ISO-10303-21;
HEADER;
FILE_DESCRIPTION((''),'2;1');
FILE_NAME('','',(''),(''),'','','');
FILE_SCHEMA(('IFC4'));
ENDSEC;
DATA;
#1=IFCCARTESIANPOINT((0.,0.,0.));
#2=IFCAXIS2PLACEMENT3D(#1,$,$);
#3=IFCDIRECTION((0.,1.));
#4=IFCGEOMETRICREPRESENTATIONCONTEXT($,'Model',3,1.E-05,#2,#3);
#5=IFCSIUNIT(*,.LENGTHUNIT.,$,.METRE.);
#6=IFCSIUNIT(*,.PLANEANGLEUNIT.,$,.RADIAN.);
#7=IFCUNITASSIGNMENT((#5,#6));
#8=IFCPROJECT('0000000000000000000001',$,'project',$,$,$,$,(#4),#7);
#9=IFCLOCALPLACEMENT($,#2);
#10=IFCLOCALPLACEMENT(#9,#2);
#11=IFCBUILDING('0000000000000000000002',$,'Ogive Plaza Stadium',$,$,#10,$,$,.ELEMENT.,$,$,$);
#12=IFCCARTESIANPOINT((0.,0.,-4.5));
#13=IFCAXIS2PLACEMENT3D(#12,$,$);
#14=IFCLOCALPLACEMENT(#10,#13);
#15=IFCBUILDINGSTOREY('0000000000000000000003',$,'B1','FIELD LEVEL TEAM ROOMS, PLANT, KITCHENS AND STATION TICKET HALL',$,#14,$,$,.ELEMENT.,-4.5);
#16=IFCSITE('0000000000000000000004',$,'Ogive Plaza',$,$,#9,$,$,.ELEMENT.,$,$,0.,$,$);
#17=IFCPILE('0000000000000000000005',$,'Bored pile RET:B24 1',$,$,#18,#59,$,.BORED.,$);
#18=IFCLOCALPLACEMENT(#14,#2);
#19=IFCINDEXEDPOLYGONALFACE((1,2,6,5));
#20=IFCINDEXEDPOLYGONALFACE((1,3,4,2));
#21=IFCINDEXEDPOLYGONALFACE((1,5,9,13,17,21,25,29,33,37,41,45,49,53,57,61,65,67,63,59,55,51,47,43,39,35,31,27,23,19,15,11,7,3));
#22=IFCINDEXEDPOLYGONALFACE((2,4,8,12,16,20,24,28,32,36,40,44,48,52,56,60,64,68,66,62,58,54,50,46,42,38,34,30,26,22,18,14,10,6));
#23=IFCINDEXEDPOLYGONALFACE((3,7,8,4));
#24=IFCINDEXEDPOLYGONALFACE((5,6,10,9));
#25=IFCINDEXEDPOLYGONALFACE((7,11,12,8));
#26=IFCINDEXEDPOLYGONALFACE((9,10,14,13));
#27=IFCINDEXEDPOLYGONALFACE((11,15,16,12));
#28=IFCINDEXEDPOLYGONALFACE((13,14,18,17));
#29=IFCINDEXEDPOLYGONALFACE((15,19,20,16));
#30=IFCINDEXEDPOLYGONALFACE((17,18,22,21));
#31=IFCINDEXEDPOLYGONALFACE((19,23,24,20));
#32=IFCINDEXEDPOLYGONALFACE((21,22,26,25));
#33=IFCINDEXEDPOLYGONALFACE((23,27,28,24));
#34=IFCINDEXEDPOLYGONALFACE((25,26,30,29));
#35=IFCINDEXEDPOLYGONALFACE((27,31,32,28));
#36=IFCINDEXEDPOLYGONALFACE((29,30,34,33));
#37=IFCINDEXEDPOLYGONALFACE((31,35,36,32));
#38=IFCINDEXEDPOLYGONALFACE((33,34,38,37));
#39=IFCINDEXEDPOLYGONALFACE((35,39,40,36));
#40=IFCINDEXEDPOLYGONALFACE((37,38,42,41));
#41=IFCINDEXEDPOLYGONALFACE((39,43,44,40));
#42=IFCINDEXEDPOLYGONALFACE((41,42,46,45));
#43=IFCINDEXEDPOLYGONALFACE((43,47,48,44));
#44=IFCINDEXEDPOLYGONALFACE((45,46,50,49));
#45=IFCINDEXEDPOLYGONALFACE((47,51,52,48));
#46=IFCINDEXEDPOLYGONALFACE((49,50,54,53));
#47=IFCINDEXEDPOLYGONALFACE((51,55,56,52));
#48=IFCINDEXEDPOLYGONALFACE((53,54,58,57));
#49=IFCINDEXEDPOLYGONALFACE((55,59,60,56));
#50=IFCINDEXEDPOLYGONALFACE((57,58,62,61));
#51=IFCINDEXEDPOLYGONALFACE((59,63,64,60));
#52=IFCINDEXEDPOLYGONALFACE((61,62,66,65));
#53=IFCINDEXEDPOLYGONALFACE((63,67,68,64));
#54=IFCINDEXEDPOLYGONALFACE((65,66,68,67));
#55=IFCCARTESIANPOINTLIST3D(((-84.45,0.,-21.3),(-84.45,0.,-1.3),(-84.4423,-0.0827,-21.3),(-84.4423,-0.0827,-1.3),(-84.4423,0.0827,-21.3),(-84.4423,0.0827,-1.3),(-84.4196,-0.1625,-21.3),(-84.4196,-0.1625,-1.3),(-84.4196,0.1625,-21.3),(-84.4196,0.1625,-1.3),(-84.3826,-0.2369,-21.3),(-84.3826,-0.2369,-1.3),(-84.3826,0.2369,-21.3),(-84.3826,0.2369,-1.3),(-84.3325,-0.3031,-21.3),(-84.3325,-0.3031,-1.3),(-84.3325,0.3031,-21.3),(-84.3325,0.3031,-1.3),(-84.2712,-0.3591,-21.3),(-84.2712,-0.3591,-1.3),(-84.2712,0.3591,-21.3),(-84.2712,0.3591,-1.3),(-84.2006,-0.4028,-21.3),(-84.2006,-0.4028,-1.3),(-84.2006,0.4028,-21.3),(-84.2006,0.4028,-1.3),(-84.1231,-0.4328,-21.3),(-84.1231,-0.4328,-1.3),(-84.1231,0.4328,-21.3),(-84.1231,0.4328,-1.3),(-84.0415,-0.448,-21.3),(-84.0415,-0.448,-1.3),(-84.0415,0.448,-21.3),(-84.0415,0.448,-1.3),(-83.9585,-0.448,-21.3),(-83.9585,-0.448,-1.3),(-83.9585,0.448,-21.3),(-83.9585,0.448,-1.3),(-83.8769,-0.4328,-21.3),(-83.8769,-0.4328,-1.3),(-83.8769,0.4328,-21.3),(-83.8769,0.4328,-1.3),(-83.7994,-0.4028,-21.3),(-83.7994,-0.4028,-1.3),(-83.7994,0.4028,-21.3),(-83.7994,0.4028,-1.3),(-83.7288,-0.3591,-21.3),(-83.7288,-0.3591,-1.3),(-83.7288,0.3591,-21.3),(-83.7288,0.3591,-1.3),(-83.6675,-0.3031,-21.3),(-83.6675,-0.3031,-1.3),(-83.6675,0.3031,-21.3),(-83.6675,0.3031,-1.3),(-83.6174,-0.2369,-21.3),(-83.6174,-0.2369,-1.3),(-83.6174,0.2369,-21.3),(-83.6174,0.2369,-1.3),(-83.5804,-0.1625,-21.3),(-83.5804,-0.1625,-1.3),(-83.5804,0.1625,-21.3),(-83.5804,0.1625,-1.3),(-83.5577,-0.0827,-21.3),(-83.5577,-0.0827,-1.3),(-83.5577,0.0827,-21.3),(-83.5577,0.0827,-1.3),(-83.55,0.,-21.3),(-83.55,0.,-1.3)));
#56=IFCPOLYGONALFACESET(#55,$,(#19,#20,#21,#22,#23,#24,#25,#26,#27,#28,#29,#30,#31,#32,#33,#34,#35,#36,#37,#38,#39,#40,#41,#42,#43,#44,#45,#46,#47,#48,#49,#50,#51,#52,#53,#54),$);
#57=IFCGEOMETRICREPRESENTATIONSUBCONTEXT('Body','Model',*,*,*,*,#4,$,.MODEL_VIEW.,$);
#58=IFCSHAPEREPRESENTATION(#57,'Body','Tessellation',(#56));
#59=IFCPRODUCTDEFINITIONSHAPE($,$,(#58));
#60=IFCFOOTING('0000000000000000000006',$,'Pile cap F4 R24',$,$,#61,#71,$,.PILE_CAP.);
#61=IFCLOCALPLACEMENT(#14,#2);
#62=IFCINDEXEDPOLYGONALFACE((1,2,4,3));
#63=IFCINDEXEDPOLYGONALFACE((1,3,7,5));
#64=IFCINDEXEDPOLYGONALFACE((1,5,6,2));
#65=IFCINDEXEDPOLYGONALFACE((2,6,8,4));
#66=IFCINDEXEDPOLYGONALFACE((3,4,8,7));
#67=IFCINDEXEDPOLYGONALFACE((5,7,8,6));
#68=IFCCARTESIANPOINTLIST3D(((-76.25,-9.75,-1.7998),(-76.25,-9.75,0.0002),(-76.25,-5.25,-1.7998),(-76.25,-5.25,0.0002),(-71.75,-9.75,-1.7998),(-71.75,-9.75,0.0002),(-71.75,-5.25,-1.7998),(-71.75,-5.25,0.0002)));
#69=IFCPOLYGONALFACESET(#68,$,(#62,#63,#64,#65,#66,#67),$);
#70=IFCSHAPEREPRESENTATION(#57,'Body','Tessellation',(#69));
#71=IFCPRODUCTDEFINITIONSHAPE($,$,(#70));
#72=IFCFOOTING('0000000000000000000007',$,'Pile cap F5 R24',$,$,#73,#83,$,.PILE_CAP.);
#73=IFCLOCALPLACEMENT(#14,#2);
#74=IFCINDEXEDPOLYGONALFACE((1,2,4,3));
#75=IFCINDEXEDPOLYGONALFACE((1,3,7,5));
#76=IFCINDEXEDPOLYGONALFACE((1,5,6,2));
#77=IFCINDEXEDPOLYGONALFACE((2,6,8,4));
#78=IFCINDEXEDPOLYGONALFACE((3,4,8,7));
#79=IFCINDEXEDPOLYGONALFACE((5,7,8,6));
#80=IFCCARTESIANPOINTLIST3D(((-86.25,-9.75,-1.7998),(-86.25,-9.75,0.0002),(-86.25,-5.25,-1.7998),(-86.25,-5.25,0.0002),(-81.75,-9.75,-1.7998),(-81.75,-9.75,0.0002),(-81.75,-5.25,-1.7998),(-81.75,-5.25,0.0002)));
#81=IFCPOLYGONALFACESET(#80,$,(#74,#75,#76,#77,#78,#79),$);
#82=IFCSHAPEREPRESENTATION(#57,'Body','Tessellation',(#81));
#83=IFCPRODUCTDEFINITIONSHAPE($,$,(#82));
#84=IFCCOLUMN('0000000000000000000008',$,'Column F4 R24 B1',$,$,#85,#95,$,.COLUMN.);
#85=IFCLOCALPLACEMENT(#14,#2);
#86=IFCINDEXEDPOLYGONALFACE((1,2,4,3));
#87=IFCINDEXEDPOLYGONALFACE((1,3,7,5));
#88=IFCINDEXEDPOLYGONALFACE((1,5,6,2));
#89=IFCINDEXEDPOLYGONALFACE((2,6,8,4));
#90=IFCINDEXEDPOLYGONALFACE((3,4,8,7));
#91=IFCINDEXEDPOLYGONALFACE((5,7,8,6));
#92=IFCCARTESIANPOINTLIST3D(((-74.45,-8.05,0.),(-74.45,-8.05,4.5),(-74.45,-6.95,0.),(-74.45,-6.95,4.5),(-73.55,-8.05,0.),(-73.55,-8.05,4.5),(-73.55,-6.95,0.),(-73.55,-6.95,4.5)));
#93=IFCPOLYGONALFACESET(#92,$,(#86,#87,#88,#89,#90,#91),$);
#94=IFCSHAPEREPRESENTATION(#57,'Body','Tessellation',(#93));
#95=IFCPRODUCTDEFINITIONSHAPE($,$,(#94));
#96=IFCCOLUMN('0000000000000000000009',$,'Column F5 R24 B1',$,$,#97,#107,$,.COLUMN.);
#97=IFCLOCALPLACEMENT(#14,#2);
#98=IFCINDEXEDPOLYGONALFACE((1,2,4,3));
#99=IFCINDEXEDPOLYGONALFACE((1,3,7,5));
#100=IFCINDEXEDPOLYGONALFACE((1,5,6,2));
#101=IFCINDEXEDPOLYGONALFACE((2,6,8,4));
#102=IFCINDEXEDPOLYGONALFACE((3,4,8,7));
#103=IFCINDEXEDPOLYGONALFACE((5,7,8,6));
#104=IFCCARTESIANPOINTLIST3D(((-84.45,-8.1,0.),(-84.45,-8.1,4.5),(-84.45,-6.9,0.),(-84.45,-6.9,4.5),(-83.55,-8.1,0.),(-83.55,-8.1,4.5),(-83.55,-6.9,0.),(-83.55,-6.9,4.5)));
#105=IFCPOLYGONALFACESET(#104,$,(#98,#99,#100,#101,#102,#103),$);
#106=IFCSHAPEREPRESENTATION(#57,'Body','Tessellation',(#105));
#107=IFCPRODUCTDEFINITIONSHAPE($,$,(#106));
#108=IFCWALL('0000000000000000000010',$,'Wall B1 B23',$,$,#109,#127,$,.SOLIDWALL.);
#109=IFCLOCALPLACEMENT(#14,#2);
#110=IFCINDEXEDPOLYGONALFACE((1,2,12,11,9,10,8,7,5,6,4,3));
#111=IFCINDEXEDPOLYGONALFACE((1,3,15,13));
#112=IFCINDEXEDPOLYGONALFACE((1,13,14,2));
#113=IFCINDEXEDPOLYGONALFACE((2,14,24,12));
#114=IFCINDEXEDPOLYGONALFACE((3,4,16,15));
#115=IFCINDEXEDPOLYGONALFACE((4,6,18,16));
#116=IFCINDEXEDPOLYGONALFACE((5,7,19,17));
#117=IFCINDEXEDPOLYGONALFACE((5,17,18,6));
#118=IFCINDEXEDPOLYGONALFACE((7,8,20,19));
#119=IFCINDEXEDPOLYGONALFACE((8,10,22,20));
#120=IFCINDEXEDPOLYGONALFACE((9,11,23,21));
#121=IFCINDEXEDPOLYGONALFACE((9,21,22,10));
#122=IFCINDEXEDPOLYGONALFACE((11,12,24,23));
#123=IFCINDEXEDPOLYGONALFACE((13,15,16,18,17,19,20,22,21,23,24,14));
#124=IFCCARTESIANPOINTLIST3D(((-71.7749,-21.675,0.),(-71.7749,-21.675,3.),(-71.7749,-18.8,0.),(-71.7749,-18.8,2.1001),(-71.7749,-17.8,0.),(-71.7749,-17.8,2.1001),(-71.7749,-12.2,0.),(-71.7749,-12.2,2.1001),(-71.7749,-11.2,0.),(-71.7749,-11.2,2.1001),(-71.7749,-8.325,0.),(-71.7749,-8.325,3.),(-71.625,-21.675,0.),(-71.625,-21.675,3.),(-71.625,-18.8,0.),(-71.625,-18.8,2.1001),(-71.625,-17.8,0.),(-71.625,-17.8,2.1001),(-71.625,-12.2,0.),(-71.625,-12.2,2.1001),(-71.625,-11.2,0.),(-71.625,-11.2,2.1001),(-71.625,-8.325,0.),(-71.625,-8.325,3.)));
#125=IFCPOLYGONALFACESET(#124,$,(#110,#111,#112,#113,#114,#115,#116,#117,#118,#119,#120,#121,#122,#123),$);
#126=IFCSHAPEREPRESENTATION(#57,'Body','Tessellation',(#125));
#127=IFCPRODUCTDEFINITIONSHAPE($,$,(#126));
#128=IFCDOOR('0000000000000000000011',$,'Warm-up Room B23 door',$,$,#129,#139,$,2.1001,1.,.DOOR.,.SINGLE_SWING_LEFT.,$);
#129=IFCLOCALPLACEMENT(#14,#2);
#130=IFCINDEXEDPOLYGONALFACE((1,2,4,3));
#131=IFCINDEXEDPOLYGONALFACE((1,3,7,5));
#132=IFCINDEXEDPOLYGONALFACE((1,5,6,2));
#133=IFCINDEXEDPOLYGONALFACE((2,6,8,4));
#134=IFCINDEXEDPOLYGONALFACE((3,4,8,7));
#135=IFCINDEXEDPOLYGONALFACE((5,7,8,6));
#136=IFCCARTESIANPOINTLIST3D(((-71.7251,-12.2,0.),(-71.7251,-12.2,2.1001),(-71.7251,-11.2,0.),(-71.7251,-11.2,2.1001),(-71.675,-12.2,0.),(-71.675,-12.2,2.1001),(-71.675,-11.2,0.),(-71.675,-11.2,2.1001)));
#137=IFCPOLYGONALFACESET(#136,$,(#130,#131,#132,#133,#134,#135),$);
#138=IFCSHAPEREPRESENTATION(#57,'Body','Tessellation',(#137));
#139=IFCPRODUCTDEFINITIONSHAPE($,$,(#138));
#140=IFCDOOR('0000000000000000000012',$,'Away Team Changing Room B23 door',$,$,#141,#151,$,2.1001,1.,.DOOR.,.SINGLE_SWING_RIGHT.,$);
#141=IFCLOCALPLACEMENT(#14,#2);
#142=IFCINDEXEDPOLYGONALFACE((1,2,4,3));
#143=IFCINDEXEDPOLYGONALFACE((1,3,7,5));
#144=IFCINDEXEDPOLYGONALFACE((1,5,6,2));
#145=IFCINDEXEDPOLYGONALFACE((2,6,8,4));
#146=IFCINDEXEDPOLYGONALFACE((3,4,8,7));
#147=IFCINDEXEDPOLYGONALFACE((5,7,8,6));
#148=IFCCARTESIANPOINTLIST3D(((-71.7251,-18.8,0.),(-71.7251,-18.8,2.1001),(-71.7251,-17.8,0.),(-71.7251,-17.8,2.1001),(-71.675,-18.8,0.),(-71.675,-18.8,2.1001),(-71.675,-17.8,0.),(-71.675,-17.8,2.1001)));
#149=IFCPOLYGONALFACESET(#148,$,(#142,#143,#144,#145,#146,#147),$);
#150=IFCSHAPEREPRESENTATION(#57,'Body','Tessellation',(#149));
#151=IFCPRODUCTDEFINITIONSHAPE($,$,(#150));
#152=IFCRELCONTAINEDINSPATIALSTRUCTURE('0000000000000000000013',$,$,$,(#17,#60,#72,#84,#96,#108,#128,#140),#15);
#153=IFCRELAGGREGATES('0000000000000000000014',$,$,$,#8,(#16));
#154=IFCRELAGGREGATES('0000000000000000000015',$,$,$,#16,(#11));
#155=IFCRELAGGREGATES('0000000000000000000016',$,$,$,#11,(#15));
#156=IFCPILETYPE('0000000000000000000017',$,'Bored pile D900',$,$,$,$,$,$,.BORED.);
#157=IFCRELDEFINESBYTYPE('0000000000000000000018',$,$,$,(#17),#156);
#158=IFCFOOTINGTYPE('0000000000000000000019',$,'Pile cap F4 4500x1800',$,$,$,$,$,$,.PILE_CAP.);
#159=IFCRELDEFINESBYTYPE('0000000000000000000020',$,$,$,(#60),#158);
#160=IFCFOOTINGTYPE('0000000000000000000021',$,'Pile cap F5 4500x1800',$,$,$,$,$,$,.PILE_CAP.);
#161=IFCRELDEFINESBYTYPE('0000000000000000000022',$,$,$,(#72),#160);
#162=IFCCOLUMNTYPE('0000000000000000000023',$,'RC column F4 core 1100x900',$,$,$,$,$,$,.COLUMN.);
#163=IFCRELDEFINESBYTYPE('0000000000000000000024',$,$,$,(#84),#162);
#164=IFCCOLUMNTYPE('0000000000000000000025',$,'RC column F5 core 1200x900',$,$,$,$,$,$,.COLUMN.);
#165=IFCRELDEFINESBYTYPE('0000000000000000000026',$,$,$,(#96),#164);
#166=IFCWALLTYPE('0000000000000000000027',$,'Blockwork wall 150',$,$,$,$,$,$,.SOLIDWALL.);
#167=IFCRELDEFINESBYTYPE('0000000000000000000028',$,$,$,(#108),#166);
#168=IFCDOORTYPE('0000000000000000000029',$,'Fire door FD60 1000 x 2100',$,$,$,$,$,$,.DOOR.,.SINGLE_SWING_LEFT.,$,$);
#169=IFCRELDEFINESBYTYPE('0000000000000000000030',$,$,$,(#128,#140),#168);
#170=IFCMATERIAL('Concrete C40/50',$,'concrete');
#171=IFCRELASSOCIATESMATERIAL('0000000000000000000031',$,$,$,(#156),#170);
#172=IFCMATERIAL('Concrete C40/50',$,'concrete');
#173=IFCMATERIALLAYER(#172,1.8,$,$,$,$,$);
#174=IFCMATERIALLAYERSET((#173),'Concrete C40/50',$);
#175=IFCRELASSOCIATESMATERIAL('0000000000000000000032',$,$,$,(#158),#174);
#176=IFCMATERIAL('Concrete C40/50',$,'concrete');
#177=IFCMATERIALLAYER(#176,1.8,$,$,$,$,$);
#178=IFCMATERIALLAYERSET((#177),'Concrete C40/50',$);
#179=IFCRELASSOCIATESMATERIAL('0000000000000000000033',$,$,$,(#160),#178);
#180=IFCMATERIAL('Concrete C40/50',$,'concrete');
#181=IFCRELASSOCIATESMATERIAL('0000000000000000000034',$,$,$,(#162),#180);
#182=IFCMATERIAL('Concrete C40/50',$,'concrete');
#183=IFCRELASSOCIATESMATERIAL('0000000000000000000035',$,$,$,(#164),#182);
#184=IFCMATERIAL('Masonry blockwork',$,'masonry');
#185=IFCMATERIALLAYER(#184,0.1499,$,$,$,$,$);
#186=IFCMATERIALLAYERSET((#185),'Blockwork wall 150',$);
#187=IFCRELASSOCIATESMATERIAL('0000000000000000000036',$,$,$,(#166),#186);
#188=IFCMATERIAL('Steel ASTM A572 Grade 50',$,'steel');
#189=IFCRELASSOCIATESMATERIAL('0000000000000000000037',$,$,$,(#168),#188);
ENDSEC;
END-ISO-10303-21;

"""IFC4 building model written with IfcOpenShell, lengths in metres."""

from ifc_helpers import new_model, si_unit, direction, frame, frame_2d, origin, origin_2d, place, context, subcontext, project, spatial, rectangle, circle, extrude, material, layer, layer_set, material_profile, profile_set, type_object, element, fill, save


model = new_model("IFC4")

# Units and contexts
model_context = context("Model", 3, precision=1e-05, world=origin(), true_north=direction((0.0, 1.0)))
body_context = subcontext(model_context, "Body", "Model", "MODEL_VIEW")
ifc_project = project(units=[si_unit("LENGTHUNIT", "METRE"), si_unit("PLANEANGLEUNIT", "RADIAN")], contexts=[model_context])

# Site, building, storey
site_placement = place(None, origin())
site = spatial("IfcSite", under=ifc_project, at=site_placement, Name="Ogive Plaza", CompositionType="ELEMENT", RefElevation=0.0)
building_placement = place(site_placement, origin())
building = spatial("IfcBuilding", under=site, at=building_placement, Name="Ogive Plaza Stadium", CompositionType="ELEMENT")
storey_placement = place(building_placement, frame((0.0, 0.0, -4.5)))
storey = spatial("IfcBuildingStorey", under=building, at=storey_placement, Name="B1", Description="FIELD LEVEL TEAM ROOMS, PLANT, KITCHENS AND STATION TICKET HALL", CompositionType="ELEMENT", Elevation=-4.5)

# Pile
ifc_material_1 = material(Name="Concrete C40/50", Category="concrete")
ifc_material_profile_1 = material_profile(ifc_material_1, circle(Radius=0.45, at=origin_2d()), Name="RC D900")
ifc_profile_set_1 = profile_set([ifc_material_profile_1], Name="Concrete C40/50")
pile_type_1 = type_object("IfcPileType", Name="Bored pile D900", PredefinedType="BORED", material=ifc_profile_set_1)
pile_placement = place(storey_placement, frame((-84.0, 0.0, -1.3), z_axis=(0.0, 0.0, -1.0), x_axis=(1.0, 0.0, 0.0)))
element("IfcPile", 1, at=pile_placement, inside=storey, type_object=pile_type_1, Name="Bored pile RET:B24 1", PredefinedType="BORED", context=body_context, shape_type="SweptSolid", body=[
    extrude(circle(Radius=0.45, at=origin_2d()), origin(), (0.0, 0.0, 1.0), 20.0),
])

# Footings
ifc_material_2 = material(Name="Concrete C40/50", Category="concrete")
ifc_layer_1 = layer(ifc_material_2, 1.8)
ifc_layer_set_1 = layer_set([ifc_layer_1], Name="Concrete C40/50")
footing_type_1 = type_object("IfcFootingType", Name="Pile cap F4 4500x1800", PredefinedType="PILE_CAP", material=ifc_layer_set_1)
footing_1_placement = place(storey_placement, frame((-74.0, -7.5, -1.7998), z_axis=(0.0, 0.0, 1.0), x_axis=(-1.0, 0.0, 0.0)))
element("IfcFooting", 2, at=footing_1_placement, inside=storey, type_object=footing_type_1, Name="Pile cap F4 R24", PredefinedType="PILE_CAP", context=body_context, shape_type="SweptSolid", body=[
    extrude(rectangle(XDim=4.5, YDim=4.5, at=origin_2d()), origin(), (0.0, 0.0, 1.0), 1.8),
])
ifc_material_3 = material(Name="Concrete C40/50", Category="concrete")
ifc_layer_2 = layer(ifc_material_3, 1.8)
ifc_layer_set_2 = layer_set([ifc_layer_2], Name="Concrete C40/50")
footing_type_2 = type_object("IfcFootingType", Name="Pile cap F5 4500x1800", PredefinedType="PILE_CAP", material=ifc_layer_set_2)
footing_2_placement = place(storey_placement, frame((-84.0, -7.5, -1.7998), z_axis=(0.0, 0.0, 1.0), x_axis=(-1.0, 0.0, 0.0)))
element("IfcFooting", 3, at=footing_2_placement, inside=storey, type_object=footing_type_2, Name="Pile cap F5 R24", PredefinedType="PILE_CAP", context=body_context, shape_type="SweptSolid", body=[
    extrude(rectangle(XDim=4.5, YDim=4.5, at=origin_2d()), origin(), (0.0, 0.0, 1.0), 1.8),
])

# Columns
ifc_material_4 = material(Name="Concrete C40/50", Category="concrete")
ifc_material_profile_2 = material_profile(ifc_material_4, rectangle(XDim=1.1001, YDim=0.8999, at=origin_2d()), Name="RC 1100x900")
ifc_profile_set_2 = profile_set([ifc_material_profile_2], Name="Concrete C40/50")
column_type_1 = type_object("IfcColumnType", Name="RC column F4 core 1100x900", PredefinedType="COLUMN", material=ifc_profile_set_2)
column_1_placement = place(storey_placement, frame((-74.0, -7.5, 0.0), z_axis=(0.0, 0.0, 1.0), x_axis=(0.0, -1.0, 0.0)))
element("IfcColumn", 4, at=column_1_placement, inside=storey, type_object=column_type_1, Name="Column F4 R24 B1", PredefinedType="COLUMN", context=body_context, shape_type="SweptSolid", body=[
    extrude(rectangle(XDim=1.1001, YDim=0.8999, at=origin_2d()), origin(), (0.0, 0.0, 1.0), 4.5),
])
ifc_material_5 = material(Name="Concrete C40/50", Category="concrete")
ifc_material_profile_3 = material_profile(ifc_material_5, rectangle(XDim=1.2, YDim=0.8999, at=origin_2d()), Name="RC 1200x900")
ifc_profile_set_3 = profile_set([ifc_material_profile_3], Name="Concrete C40/50")
column_type_2 = type_object("IfcColumnType", Name="RC column F5 core 1200x900", PredefinedType="COLUMN", material=ifc_profile_set_3)
column_2_placement = place(storey_placement, frame((-84.0, -7.5, 0.0), z_axis=(0.0, 0.0, 1.0), x_axis=(0.0, -1.0, 0.0)))
element("IfcColumn", 5, at=column_2_placement, inside=storey, type_object=column_type_2, Name="Column F5 R24 B1", PredefinedType="COLUMN", context=body_context, shape_type="SweptSolid", body=[
    extrude(rectangle(XDim=1.2, YDim=0.8999, at=origin_2d()), origin(), (0.0, 0.0, 1.0), 4.5),
])

# Wall, openings, doors
ifc_material_6 = material(Name="Masonry blockwork", Category="masonry")
ifc_layer_3 = layer(ifc_material_6, 0.1499)
ifc_layer_set_3 = layer_set([ifc_layer_3], Name="Blockwork wall 150")
wall_type_1 = type_object("IfcWallType", Name="Blockwork wall 150", PredefinedType="SOLIDWALL", material=ifc_layer_set_3)
wall_1_placement = place(storey_placement, frame((-71.7, -8.325, 0.0), z_axis=(0.0, 0.0, 1.0), x_axis=(0.0, -1.0, 0.0)))
wall_1 = element("IfcWall", 6, at=wall_1_placement, inside=storey, type_object=wall_type_1, Name="Wall B1 B23", PredefinedType="SOLIDWALL", context=body_context, shape_type="SweptSolid", body=[
    extrude(rectangle(XDim=13.3501, YDim=0.1499, at=frame_2d((6.675, 0.0))), origin(), (0.0, 0.0, 1.0), 3.0),
])
opening_1_placement = place(wall_1_placement, frame((2.875, 0.0, 0.0)))
opening_1 = element("IfcOpeningElement", 7, at=opening_1_placement, cuts=wall_1, PredefinedType="OPENING", context=body_context, shape_type="SweptSolid", body=[
    extrude(rectangle(XDim=1.0, YDim=2.1001, at=frame_2d((0.5, 1.05))), frame((0.0, 0.075, 0.0), z_axis=(0.0, -1.0, 0.0), x_axis=(1.0, 0.0, 0.0)), (0.0, 0.0, 1.0), 0.1499),
])
opening_2_placement = place(wall_1_placement, frame((9.4751, 0.0, 0.0)))
opening_2 = element("IfcOpeningElement", 8, at=opening_2_placement, cuts=wall_1, PredefinedType="OPENING", context=body_context, shape_type="SweptSolid", body=[
    extrude(rectangle(XDim=1.0, YDim=2.1001, at=frame_2d((0.5, 1.05))), frame((0.0, 0.075, 0.0), z_axis=(0.0, -1.0, 0.0), x_axis=(1.0, 0.0, 0.0)), (0.0, 0.0, 1.0), 0.1499),
])
ifc_material_7 = material(Name="Steel ASTM A572 Grade 50", Category="steel")
door_type = type_object("IfcDoorType", Name="Fire door FD60 1000 x 2100", OperationType="SINGLE_SWING_LEFT", PredefinedType="DOOR", material=ifc_material_7)
door_1_placement = place(opening_1_placement, origin())
door_1 = element("IfcDoor", 9, at=door_1_placement, inside=storey, type_object=door_type, Name="Warm-up Room B23 door", OperationType="SINGLE_SWING_LEFT", OverallHeight=2.1001, OverallWidth=1.0, PredefinedType="DOOR", context=body_context, shape_type="SweptSolid", body=[
    extrude(rectangle(XDim=1.0, YDim=2.1001, at=frame_2d((0.5, 1.05))), frame((0.0, 0.0249, 0.0), z_axis=(0.0, -1.0, 0.0), x_axis=(1.0, 0.0, 0.0)), (0.0, 0.0, 1.0), 0.05),
])
fill(opening_1, door_1)
door_2_placement = place(opening_2_placement, origin())
door_2 = element("IfcDoor", 10, at=door_2_placement, inside=storey, type_object=door_type, Name="Away Team Changing Room B23 door", OperationType="SINGLE_SWING_RIGHT", OverallHeight=2.1001, OverallWidth=1.0, PredefinedType="DOOR", context=body_context, shape_type="SweptSolid", body=[
    extrude(rectangle(XDim=1.0, YDim=2.1001, at=frame_2d((0.5, 1.05))), frame((0.0, 0.0249, 0.0), z_axis=(0.0, -1.0, 0.0), x_axis=(1.0, 0.0, 0.0)), (0.0, 0.0, 1.0), 0.05),
])
fill(opening_2, door_2)

save(model, "model.ifc")
